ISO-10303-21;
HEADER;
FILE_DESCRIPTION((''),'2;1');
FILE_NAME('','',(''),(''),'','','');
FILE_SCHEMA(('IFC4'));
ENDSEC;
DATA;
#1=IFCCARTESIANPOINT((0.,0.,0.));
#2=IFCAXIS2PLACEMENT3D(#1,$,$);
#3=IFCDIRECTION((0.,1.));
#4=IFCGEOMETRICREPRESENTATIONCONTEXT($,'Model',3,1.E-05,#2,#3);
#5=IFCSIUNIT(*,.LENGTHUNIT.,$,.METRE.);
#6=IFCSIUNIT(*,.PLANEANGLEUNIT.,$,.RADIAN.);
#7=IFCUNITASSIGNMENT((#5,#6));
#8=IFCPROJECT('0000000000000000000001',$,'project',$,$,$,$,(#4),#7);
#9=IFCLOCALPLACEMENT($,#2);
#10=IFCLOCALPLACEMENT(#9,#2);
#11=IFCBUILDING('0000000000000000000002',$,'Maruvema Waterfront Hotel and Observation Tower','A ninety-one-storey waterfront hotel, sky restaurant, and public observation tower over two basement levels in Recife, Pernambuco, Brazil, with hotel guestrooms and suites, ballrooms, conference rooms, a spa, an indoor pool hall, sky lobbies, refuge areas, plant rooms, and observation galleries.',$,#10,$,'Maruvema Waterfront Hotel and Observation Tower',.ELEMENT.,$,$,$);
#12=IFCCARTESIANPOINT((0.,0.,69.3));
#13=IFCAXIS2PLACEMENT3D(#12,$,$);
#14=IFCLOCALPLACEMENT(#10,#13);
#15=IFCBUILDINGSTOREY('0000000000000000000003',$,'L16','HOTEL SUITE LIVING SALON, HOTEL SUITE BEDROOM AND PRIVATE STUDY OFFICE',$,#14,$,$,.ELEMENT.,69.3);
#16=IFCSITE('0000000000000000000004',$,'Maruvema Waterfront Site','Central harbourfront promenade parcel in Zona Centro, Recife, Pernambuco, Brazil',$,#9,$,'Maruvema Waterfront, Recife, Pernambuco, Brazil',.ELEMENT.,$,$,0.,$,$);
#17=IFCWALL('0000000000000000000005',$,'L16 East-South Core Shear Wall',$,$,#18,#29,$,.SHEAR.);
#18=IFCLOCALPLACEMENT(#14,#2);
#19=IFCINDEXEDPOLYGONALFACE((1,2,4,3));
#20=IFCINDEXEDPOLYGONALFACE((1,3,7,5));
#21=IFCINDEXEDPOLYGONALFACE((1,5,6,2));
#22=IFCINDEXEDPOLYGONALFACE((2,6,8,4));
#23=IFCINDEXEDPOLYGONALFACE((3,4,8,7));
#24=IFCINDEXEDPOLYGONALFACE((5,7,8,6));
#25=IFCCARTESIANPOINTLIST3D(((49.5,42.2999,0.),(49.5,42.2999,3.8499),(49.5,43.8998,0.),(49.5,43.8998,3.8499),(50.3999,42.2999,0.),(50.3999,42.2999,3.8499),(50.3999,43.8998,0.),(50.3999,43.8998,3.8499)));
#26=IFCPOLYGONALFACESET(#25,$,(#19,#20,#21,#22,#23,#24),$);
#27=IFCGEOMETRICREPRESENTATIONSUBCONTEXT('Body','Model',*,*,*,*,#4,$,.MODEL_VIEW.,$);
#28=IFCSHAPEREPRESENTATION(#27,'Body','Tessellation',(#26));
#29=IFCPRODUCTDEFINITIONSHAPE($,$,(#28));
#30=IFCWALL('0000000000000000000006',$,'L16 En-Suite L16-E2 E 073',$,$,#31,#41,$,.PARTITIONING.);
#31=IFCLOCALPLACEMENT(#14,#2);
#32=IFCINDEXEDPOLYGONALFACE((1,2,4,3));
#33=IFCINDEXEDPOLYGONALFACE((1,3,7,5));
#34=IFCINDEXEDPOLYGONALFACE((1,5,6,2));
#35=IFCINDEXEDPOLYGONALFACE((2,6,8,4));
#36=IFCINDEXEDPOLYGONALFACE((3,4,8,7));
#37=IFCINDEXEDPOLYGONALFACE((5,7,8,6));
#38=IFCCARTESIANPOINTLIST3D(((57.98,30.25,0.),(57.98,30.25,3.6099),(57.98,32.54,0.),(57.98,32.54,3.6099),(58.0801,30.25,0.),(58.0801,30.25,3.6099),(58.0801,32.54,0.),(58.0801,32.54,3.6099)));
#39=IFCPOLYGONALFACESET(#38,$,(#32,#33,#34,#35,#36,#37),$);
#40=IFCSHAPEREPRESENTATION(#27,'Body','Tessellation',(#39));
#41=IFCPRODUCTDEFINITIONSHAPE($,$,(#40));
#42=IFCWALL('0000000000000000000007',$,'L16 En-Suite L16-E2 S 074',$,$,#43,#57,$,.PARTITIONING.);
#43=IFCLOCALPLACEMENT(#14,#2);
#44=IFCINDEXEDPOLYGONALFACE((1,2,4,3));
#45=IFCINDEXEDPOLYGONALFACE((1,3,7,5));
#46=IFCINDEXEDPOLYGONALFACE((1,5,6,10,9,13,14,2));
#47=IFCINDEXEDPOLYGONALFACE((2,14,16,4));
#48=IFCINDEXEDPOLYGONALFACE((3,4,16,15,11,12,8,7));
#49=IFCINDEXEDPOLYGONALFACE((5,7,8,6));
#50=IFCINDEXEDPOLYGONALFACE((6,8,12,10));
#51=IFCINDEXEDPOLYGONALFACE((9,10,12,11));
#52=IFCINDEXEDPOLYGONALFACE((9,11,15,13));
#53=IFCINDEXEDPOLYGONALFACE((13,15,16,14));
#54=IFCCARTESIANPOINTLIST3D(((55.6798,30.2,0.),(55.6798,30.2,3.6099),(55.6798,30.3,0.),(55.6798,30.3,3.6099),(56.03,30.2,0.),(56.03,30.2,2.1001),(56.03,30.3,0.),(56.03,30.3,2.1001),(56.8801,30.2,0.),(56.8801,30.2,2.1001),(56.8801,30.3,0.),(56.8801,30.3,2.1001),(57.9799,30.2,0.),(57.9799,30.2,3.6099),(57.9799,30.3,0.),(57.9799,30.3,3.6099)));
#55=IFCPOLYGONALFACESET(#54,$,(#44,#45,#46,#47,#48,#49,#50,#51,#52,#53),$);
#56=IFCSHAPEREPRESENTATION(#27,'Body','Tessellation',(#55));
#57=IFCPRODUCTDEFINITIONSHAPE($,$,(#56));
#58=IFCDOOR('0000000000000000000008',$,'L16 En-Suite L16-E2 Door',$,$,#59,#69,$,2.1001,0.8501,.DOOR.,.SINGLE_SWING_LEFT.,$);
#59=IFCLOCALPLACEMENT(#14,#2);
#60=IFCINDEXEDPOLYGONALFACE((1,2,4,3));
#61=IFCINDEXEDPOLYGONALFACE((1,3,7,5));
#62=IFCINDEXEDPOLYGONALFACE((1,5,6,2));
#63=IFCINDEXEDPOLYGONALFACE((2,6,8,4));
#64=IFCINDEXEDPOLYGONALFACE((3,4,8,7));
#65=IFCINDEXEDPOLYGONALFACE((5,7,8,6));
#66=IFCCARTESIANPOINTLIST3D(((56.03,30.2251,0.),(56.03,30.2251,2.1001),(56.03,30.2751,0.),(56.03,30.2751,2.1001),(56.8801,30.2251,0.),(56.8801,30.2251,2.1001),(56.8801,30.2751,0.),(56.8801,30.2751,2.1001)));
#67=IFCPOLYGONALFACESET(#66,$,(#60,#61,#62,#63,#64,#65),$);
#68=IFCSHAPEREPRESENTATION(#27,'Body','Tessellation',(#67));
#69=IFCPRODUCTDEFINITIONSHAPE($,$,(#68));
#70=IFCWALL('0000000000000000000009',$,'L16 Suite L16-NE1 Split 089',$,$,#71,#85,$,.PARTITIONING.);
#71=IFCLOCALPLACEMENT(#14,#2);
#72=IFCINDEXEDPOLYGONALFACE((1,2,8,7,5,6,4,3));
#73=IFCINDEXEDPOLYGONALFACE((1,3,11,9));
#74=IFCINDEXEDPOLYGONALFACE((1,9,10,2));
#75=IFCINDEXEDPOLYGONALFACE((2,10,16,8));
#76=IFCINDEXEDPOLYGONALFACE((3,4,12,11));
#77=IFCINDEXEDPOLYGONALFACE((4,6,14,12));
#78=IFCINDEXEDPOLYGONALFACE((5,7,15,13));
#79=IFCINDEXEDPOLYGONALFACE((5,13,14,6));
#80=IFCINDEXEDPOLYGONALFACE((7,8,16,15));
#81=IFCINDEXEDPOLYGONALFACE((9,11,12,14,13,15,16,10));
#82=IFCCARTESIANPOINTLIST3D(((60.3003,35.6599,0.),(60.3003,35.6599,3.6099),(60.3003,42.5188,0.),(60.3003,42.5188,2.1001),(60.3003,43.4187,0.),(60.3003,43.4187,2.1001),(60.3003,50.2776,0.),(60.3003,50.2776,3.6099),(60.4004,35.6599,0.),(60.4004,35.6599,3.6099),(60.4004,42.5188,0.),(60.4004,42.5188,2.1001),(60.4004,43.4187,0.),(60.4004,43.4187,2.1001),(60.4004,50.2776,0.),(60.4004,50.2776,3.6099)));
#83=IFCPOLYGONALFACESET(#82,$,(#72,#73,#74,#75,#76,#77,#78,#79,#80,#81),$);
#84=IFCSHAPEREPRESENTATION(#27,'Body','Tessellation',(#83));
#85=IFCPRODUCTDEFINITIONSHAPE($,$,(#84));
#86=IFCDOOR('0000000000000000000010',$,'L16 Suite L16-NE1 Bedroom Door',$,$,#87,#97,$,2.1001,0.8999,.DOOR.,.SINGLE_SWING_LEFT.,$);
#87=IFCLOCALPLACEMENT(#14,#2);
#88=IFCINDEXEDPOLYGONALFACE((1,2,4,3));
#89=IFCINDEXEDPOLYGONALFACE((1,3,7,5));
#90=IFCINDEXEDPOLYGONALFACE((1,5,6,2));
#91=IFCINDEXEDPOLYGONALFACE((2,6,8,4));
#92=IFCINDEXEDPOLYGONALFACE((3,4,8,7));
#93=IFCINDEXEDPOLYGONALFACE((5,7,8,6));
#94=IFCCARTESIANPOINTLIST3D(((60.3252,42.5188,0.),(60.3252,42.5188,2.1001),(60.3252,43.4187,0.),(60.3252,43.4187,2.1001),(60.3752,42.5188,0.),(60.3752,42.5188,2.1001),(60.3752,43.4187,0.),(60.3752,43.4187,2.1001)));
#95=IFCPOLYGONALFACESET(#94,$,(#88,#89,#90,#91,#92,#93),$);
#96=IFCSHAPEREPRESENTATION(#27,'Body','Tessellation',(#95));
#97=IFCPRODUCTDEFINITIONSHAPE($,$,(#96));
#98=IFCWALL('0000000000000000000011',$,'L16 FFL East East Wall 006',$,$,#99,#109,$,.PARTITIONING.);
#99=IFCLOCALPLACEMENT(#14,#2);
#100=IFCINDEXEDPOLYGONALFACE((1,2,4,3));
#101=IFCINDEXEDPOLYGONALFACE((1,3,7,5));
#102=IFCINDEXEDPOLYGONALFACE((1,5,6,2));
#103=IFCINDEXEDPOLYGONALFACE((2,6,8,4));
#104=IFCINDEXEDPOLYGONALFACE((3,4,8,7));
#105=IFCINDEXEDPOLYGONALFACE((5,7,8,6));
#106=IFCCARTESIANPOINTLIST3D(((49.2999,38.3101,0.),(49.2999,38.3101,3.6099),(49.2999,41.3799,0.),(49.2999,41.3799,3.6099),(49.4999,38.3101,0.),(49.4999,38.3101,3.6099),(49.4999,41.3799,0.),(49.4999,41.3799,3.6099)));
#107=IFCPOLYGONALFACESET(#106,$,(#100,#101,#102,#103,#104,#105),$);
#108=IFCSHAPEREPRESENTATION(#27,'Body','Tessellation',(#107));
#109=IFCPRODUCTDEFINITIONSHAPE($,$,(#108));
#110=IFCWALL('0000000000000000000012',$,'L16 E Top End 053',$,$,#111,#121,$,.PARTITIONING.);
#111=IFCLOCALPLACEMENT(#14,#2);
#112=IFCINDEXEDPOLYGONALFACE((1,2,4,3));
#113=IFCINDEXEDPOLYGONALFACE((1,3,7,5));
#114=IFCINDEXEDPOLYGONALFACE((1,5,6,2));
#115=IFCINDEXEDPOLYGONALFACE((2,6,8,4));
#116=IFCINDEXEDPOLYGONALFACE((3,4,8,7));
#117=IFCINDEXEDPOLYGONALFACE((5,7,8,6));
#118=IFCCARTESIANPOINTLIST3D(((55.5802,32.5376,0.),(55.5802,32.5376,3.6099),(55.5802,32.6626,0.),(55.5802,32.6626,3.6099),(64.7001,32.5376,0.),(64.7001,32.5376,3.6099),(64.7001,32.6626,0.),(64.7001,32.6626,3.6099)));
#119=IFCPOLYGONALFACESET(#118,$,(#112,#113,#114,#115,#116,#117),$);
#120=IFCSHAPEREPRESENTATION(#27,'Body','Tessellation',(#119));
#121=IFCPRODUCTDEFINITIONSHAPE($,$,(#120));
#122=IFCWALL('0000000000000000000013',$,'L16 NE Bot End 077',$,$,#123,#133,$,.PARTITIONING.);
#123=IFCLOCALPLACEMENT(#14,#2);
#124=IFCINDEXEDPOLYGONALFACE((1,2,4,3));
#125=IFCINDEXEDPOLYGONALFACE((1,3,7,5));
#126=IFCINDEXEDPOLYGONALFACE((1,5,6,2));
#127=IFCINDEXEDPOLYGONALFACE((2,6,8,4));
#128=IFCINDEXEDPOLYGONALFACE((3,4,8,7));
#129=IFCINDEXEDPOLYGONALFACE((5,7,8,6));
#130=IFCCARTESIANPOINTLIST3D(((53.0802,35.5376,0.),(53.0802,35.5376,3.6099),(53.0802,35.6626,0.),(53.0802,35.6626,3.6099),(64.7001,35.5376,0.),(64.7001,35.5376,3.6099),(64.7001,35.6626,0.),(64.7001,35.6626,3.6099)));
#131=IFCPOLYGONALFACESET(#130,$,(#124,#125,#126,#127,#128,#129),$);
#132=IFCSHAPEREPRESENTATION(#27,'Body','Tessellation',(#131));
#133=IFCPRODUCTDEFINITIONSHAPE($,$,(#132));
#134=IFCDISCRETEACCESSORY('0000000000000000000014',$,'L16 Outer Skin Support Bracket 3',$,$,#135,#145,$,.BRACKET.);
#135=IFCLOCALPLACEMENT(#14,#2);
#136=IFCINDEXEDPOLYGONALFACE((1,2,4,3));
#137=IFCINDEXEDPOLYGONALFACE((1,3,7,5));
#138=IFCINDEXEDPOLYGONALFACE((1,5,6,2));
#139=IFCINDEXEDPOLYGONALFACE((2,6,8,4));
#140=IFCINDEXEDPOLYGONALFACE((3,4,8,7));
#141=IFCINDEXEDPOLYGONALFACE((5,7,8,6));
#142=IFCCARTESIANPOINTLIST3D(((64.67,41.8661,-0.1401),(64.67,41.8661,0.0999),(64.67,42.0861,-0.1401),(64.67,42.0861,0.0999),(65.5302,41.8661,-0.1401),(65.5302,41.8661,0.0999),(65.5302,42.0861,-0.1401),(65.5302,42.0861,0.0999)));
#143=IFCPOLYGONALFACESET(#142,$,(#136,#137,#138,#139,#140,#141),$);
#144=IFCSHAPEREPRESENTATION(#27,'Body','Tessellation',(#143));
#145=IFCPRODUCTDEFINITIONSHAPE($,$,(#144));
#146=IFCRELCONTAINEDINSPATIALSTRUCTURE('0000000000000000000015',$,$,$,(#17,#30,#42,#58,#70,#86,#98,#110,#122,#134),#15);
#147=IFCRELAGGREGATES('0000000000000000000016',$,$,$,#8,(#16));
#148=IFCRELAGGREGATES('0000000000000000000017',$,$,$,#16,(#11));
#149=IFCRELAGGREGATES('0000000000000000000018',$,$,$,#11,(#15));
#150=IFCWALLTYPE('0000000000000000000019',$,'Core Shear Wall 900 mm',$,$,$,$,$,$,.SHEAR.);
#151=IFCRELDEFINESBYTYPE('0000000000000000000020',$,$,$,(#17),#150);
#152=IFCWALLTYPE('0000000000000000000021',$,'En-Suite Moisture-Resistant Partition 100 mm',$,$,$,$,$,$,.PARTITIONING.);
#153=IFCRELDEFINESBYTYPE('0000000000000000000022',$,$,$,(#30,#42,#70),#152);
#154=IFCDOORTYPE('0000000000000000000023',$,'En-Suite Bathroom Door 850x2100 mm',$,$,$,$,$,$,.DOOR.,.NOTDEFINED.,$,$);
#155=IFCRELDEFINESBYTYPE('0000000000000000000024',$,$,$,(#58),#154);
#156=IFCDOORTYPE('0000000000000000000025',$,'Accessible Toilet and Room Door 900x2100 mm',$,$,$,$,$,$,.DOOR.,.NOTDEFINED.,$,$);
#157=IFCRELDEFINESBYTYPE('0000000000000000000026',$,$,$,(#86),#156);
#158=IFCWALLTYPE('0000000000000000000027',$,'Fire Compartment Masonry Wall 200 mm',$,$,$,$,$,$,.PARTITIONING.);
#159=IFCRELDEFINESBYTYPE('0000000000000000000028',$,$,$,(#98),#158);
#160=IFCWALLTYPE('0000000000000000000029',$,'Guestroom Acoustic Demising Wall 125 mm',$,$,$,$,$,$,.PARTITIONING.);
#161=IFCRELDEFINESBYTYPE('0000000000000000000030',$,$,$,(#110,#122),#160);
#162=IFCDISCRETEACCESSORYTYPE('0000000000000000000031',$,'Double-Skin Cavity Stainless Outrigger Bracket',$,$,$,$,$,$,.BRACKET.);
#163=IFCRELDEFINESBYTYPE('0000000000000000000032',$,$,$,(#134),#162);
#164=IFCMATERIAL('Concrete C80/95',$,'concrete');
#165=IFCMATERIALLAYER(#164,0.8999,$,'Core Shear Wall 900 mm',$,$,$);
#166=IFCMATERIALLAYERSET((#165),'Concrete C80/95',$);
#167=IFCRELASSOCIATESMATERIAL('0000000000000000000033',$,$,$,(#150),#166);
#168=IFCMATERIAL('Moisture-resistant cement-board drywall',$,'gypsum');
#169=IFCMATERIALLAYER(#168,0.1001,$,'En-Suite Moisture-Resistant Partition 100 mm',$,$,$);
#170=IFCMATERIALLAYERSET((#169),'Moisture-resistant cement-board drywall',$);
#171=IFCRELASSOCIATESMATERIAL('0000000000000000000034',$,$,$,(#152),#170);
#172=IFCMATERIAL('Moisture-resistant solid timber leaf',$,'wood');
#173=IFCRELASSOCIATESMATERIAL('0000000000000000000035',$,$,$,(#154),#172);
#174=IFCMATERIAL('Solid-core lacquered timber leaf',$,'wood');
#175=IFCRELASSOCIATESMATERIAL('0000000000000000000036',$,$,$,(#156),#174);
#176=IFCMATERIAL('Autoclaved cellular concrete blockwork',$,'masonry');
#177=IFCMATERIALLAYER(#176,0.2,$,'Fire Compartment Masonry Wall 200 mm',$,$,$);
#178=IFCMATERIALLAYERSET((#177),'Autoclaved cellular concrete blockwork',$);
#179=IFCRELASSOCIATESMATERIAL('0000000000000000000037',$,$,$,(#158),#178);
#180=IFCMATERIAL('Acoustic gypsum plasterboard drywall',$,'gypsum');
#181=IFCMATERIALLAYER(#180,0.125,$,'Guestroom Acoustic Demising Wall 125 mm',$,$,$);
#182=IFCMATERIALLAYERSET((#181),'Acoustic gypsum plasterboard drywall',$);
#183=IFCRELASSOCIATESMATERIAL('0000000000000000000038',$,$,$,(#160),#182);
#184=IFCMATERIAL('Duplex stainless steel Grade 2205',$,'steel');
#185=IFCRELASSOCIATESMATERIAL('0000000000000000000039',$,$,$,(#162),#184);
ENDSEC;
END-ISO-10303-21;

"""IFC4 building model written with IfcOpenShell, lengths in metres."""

from ifc_helpers import new_model, si_unit, direction, frame, frame_2d, origin, origin_2d, place, context, subcontext, project, spatial, rectangle, extrude, material, layer, layer_set, type_object, element, fill, save


model = new_model("IFC4")

# Units and contexts
model_context = context("Model", 3, precision=1e-05, world=origin(), true_north=direction((0.0, 1.0)))
body_context = subcontext(model_context, "Body", "Model", "MODEL_VIEW")
ifc_project = project(units=[si_unit("LENGTHUNIT", "METRE"), si_unit("PLANEANGLEUNIT", "RADIAN")], contexts=[model_context])

# Site, building, storey
site_placement = place(None, origin())
site = spatial("IfcSite", under=ifc_project, at=site_placement, Name="Maruvema Waterfront Site", Description="Central harbourfront promenade parcel in Zona Centro, Recife, Pernambuco, Brazil", LongName="Maruvema Waterfront, Recife, Pernambuco, Brazil", CompositionType="ELEMENT", RefElevation=0.0)
building_placement = place(site_placement, origin())
building = spatial("IfcBuilding", under=site, at=building_placement, Name="Maruvema Waterfront Hotel and Observation Tower", Description="A ninety-one-storey waterfront hotel, sky restaurant, and public observation tower over two basement levels in Recife, Pernambuco, Brazil, with hotel guestrooms and suites, ballrooms, conference rooms, a spa, an indoor pool hall, sky lobbies, refuge areas, plant rooms, and observation galleries.", LongName="Maruvema Waterfront Hotel and Observation Tower", CompositionType="ELEMENT")
storey_placement = place(building_placement, frame((0.0, 0.0, 69.3)))
storey = spatial("IfcBuildingStorey", under=building, at=storey_placement, Name="L16", Description="HOTEL SUITE LIVING SALON, HOTEL SUITE BEDROOM AND PRIVATE STUDY OFFICE", CompositionType="ELEMENT", Elevation=69.3)

# Walls
ifc_material_1 = material(Name="Concrete C80/95", Category="concrete")
ifc_layer_1 = layer(ifc_material_1, 0.8999, Name="Core Shear Wall 900 mm")
ifc_layer_set_1 = layer_set([ifc_layer_1], Name="Concrete C80/95")
wall_type_1 = type_object("IfcWallType", Name="Core Shear Wall 900 mm", PredefinedType="SHEAR", material=ifc_layer_set_1)
wall_1_placement = place(storey_placement, frame((49.95, 42.3, 0.0), z_axis=(0.0, 0.0, 1.0), x_axis=(0.0, 1.0, 0.0)))
element("IfcWall", 1, at=wall_1_placement, inside=storey, type_object=wall_type_1, Name="L16 East-South Core Shear Wall", PredefinedType="SHEAR", context=body_context, shape_type="SweptSolid", body=[
    extrude(rectangle(XDim=1.5999, YDim=0.8999, at=frame_2d((0.7998, 0.0))), origin(), (0.0, 0.0, 1.0), 3.8499),
])
ifc_material_2 = material(Name="Moisture-resistant cement-board drywall", Category="gypsum")
ifc_layer_2 = layer(ifc_material_2, 0.1001, Name="En-Suite Moisture-Resistant Partition 100 mm")
ifc_layer_set_2 = layer_set([ifc_layer_2], Name="Moisture-resistant cement-board drywall")
wall_type_2 = type_object("IfcWallType", Name="En-Suite Moisture-Resistant Partition 100 mm", PredefinedType="PARTITIONING", material=ifc_layer_set_2)
wall_2_placement = place(storey_placement, frame((58.03, 30.25, 0.0), z_axis=(0.0, 0.0, 1.0), x_axis=(0.0, 1.0, 0.0)))
element("IfcWall", 2, at=wall_2_placement, inside=storey, type_object=wall_type_2, Name="L16 En-Suite L16-E2 E 073", PredefinedType="PARTITIONING", context=body_context, shape_type="SweptSolid", body=[
    extrude(rectangle(XDim=2.29, YDim=0.1001, at=frame_2d((1.145, 0.0))), origin(), (0.0, 0.0, 1.0), 3.6099),
])

# Walls, openings, doors
wall_3_placement = place(storey_placement, frame((55.6799, 30.25, 0.0), z_axis=(0.0, 0.0, 1.0), x_axis=(1.0, 0.0, 0.0)))
wall_3 = element("IfcWall", 3, at=wall_3_placement, inside=storey, type_object=wall_type_2, Name="L16 En-Suite L16-E2 S 074", PredefinedType="PARTITIONING", context=body_context, shape_type="SweptSolid", body=[
    extrude(rectangle(XDim=2.3, YDim=0.1001, at=frame_2d((1.1499, 0.0))), origin(), (0.0, 0.0, 1.0), 3.6099),
])
opening_1_placement = place(wall_3_placement, frame((0.3501, 0.0, 0.0)))
opening_1 = element("IfcOpeningElement", 4, at=opening_1_placement, cuts=wall_3, PredefinedType="OPENING", context=body_context, shape_type="SweptSolid", body=[
    extrude(rectangle(XDim=0.8501, YDim=2.1001, at=frame_2d((0.425, 1.05))), frame((0.0, 0.0601, 0.0), z_axis=(0.0, -1.0, 0.0), x_axis=(1.0, 0.0, 0.0)), (0.0, 0.0, 1.0), 0.1201),
])
ifc_material_3 = material(Name="Moisture-resistant solid timber leaf", Category="wood")
door_type_1 = type_object("IfcDoorType", Name="En-Suite Bathroom Door 850x2100 mm", OperationType="NOTDEFINED", PredefinedType="DOOR", material=ifc_material_3)
door_1_placement = place(opening_1_placement, frame((0.8501, 0.0, 0.0), z_axis=(0.0, 0.0, 1.0), x_axis=(-1.0, 0.0, 0.0)))
door_1 = element("IfcDoor", 5, at=door_1_placement, inside=storey, type_object=door_type_1, Name="L16 En-Suite L16-E2 Door", OperationType="SINGLE_SWING_LEFT", OverallHeight=2.1001, OverallWidth=0.8501, PredefinedType="DOOR", context=body_context, shape_type="SweptSolid", body=[
    extrude(rectangle(XDim=0.8501, YDim=2.1001, at=frame_2d((0.425, 1.05))), frame((0.0, 0.0249, 0.0), z_axis=(0.0, -1.0, 0.0), x_axis=(1.0, 0.0, 0.0)), (0.0, 0.0, 1.0), 0.05),
])
fill(opening_1, door_1)
wall_4_placement = place(storey_placement, frame((60.3503, 35.6599, 0.0), z_axis=(0.0, 0.0, 1.0), x_axis=(0.0, 1.0, 0.0)))
wall_4 = element("IfcWall", 6, at=wall_4_placement, inside=storey, type_object=wall_type_2, Name="L16 Suite L16-NE1 Split 089", PredefinedType="PARTITIONING", context=body_context, shape_type="SweptSolid", body=[
    extrude(rectangle(XDim=14.6177, YDim=0.1001, at=frame_2d((7.3088, 0.0))), origin(), (0.0, 0.0, 1.0), 3.6099),
])
opening_2_placement = place(wall_4_placement, frame((6.8589, 0.0, 0.0)))
opening_2 = element("IfcOpeningElement", 7, at=opening_2_placement, cuts=wall_4, PredefinedType="OPENING", context=body_context, shape_type="SweptSolid", body=[
    extrude(rectangle(XDim=0.8999, YDim=2.1001, at=frame_2d((0.45, 1.05))), frame((0.0, 0.0601, 0.0), z_axis=(0.0, -1.0, 0.0), x_axis=(1.0, 0.0, 0.0)), (0.0, 0.0, 1.0), 0.1201),
])
ifc_material_4 = material(Name="Solid-core lacquered timber leaf", Category="wood")
door_type_2 = type_object("IfcDoorType", Name="Accessible Toilet and Room Door 900x2100 mm", OperationType="NOTDEFINED", PredefinedType="DOOR", material=ifc_material_4)
door_2_placement = place(opening_2_placement, frame((0.8999, 0.0, 0.0), z_axis=(0.0, 0.0, 1.0), x_axis=(-1.0, 0.0, 0.0)))
door_2 = element("IfcDoor", 8, at=door_2_placement, inside=storey, type_object=door_type_2, Name="L16 Suite L16-NE1 Bedroom Door", OperationType="SINGLE_SWING_LEFT", OverallHeight=2.1001, OverallWidth=0.8999, PredefinedType="DOOR", context=body_context, shape_type="SweptSolid", body=[
    extrude(rectangle(XDim=0.8999, YDim=2.1001, at=frame_2d((0.45, 1.05))), frame((0.0, 0.0249, 0.0), z_axis=(0.0, -1.0, 0.0), x_axis=(1.0, 0.0, 0.0)), (0.0, 0.0, 1.0), 0.05),
])
fill(opening_2, door_2)

# Walls
ifc_material_5 = material(Name="Autoclaved cellular concrete blockwork", Category="masonry")
ifc_layer_3 = layer(ifc_material_5, 0.2, Name="Fire Compartment Masonry Wall 200 mm")
ifc_layer_set_3 = layer_set([ifc_layer_3], Name="Autoclaved cellular concrete blockwork")
wall_type_3 = type_object("IfcWallType", Name="Fire Compartment Masonry Wall 200 mm", PredefinedType="PARTITIONING", material=ifc_layer_set_3)
wall_5_placement = place(storey_placement, frame((49.3999, 38.3101, 0.0), z_axis=(0.0, 0.0, 1.0), x_axis=(0.0, 1.0, 0.0)))
element("IfcWall", 9, at=wall_5_placement, inside=storey, type_object=wall_type_3, Name="L16 FFL East East Wall 006", PredefinedType="PARTITIONING", context=body_context, shape_type="SweptSolid", body=[
    extrude(rectangle(XDim=3.0698, YDim=0.2, at=frame_2d((1.5349, 0.0))), origin(), (0.0, 0.0, 1.0), 3.6099),
])
ifc_material_6 = material(Name="Acoustic gypsum plasterboard drywall", Category="gypsum")
ifc_layer_4 = layer(ifc_material_6, 0.125, Name="Guestroom Acoustic Demising Wall 125 mm")
ifc_layer_set_4 = layer_set([ifc_layer_4], Name="Acoustic gypsum plasterboard drywall")
wall_type_4 = type_object("IfcWallType", Name="Guestroom Acoustic Demising Wall 125 mm", PredefinedType="PARTITIONING", material=ifc_layer_set_4)
wall_6_placement = place(storey_placement, frame((55.5801, 32.6001, 0.0), z_axis=(0.0, 0.0, 1.0), x_axis=(1.0, 0.0, 0.0)))
element("IfcWall", 10, at=wall_6_placement, inside=storey, type_object=wall_type_4, Name="L16 E Top End 053", PredefinedType="PARTITIONING", context=body_context, shape_type="SweptSolid", body=[
    extrude(rectangle(XDim=9.1199, YDim=0.125, at=frame_2d((4.5601, 0.0))), origin(), (0.0, 0.0, 1.0), 3.6099),
])
wall_7_placement = place(storey_placement, frame((53.0801, 35.6001, 0.0), z_axis=(0.0, 0.0, 1.0), x_axis=(1.0, 0.0, 0.0)))
element("IfcWall", 11, at=wall_7_placement, inside=storey, type_object=wall_type_4, Name="L16 NE Bot End 077", PredefinedType="PARTITIONING", context=body_context, shape_type="SweptSolid", body=[
    extrude(rectangle(XDim=11.6199, YDim=0.125, at=frame_2d((5.8101, 0.0))), origin(), (0.0, 0.0, 1.0), 3.6099),
])

# Discrete accessory
ifc_material_7 = material(Name="Duplex stainless steel Grade 2205", Category="steel")
discrete_accessory_type = type_object("IfcDiscreteAccessoryType", Name="Double-Skin Cavity Stainless Outrigger Bracket", PredefinedType="BRACKET", material=ifc_material_7)
discrete_accessory_placement = place(storey_placement, frame((65.1001, 41.9761, -0.1401), z_axis=(0.0, 0.0, 1.0), x_axis=(0.0, 1.0, 0.0)))
element("IfcDiscreteAccessory", 12, at=discrete_accessory_placement, inside=storey, type_object=discrete_accessory_type, Name="L16 Outer Skin Support Bracket 3", PredefinedType="BRACKET", context=body_context, shape_type="SweptSolid", body=[
    extrude(rectangle(XDim=0.22, YDim=0.8601, at=origin_2d()), origin(), (0.0, 0.0, 1.0), 0.24),
])

save(model, "model.ifc")
